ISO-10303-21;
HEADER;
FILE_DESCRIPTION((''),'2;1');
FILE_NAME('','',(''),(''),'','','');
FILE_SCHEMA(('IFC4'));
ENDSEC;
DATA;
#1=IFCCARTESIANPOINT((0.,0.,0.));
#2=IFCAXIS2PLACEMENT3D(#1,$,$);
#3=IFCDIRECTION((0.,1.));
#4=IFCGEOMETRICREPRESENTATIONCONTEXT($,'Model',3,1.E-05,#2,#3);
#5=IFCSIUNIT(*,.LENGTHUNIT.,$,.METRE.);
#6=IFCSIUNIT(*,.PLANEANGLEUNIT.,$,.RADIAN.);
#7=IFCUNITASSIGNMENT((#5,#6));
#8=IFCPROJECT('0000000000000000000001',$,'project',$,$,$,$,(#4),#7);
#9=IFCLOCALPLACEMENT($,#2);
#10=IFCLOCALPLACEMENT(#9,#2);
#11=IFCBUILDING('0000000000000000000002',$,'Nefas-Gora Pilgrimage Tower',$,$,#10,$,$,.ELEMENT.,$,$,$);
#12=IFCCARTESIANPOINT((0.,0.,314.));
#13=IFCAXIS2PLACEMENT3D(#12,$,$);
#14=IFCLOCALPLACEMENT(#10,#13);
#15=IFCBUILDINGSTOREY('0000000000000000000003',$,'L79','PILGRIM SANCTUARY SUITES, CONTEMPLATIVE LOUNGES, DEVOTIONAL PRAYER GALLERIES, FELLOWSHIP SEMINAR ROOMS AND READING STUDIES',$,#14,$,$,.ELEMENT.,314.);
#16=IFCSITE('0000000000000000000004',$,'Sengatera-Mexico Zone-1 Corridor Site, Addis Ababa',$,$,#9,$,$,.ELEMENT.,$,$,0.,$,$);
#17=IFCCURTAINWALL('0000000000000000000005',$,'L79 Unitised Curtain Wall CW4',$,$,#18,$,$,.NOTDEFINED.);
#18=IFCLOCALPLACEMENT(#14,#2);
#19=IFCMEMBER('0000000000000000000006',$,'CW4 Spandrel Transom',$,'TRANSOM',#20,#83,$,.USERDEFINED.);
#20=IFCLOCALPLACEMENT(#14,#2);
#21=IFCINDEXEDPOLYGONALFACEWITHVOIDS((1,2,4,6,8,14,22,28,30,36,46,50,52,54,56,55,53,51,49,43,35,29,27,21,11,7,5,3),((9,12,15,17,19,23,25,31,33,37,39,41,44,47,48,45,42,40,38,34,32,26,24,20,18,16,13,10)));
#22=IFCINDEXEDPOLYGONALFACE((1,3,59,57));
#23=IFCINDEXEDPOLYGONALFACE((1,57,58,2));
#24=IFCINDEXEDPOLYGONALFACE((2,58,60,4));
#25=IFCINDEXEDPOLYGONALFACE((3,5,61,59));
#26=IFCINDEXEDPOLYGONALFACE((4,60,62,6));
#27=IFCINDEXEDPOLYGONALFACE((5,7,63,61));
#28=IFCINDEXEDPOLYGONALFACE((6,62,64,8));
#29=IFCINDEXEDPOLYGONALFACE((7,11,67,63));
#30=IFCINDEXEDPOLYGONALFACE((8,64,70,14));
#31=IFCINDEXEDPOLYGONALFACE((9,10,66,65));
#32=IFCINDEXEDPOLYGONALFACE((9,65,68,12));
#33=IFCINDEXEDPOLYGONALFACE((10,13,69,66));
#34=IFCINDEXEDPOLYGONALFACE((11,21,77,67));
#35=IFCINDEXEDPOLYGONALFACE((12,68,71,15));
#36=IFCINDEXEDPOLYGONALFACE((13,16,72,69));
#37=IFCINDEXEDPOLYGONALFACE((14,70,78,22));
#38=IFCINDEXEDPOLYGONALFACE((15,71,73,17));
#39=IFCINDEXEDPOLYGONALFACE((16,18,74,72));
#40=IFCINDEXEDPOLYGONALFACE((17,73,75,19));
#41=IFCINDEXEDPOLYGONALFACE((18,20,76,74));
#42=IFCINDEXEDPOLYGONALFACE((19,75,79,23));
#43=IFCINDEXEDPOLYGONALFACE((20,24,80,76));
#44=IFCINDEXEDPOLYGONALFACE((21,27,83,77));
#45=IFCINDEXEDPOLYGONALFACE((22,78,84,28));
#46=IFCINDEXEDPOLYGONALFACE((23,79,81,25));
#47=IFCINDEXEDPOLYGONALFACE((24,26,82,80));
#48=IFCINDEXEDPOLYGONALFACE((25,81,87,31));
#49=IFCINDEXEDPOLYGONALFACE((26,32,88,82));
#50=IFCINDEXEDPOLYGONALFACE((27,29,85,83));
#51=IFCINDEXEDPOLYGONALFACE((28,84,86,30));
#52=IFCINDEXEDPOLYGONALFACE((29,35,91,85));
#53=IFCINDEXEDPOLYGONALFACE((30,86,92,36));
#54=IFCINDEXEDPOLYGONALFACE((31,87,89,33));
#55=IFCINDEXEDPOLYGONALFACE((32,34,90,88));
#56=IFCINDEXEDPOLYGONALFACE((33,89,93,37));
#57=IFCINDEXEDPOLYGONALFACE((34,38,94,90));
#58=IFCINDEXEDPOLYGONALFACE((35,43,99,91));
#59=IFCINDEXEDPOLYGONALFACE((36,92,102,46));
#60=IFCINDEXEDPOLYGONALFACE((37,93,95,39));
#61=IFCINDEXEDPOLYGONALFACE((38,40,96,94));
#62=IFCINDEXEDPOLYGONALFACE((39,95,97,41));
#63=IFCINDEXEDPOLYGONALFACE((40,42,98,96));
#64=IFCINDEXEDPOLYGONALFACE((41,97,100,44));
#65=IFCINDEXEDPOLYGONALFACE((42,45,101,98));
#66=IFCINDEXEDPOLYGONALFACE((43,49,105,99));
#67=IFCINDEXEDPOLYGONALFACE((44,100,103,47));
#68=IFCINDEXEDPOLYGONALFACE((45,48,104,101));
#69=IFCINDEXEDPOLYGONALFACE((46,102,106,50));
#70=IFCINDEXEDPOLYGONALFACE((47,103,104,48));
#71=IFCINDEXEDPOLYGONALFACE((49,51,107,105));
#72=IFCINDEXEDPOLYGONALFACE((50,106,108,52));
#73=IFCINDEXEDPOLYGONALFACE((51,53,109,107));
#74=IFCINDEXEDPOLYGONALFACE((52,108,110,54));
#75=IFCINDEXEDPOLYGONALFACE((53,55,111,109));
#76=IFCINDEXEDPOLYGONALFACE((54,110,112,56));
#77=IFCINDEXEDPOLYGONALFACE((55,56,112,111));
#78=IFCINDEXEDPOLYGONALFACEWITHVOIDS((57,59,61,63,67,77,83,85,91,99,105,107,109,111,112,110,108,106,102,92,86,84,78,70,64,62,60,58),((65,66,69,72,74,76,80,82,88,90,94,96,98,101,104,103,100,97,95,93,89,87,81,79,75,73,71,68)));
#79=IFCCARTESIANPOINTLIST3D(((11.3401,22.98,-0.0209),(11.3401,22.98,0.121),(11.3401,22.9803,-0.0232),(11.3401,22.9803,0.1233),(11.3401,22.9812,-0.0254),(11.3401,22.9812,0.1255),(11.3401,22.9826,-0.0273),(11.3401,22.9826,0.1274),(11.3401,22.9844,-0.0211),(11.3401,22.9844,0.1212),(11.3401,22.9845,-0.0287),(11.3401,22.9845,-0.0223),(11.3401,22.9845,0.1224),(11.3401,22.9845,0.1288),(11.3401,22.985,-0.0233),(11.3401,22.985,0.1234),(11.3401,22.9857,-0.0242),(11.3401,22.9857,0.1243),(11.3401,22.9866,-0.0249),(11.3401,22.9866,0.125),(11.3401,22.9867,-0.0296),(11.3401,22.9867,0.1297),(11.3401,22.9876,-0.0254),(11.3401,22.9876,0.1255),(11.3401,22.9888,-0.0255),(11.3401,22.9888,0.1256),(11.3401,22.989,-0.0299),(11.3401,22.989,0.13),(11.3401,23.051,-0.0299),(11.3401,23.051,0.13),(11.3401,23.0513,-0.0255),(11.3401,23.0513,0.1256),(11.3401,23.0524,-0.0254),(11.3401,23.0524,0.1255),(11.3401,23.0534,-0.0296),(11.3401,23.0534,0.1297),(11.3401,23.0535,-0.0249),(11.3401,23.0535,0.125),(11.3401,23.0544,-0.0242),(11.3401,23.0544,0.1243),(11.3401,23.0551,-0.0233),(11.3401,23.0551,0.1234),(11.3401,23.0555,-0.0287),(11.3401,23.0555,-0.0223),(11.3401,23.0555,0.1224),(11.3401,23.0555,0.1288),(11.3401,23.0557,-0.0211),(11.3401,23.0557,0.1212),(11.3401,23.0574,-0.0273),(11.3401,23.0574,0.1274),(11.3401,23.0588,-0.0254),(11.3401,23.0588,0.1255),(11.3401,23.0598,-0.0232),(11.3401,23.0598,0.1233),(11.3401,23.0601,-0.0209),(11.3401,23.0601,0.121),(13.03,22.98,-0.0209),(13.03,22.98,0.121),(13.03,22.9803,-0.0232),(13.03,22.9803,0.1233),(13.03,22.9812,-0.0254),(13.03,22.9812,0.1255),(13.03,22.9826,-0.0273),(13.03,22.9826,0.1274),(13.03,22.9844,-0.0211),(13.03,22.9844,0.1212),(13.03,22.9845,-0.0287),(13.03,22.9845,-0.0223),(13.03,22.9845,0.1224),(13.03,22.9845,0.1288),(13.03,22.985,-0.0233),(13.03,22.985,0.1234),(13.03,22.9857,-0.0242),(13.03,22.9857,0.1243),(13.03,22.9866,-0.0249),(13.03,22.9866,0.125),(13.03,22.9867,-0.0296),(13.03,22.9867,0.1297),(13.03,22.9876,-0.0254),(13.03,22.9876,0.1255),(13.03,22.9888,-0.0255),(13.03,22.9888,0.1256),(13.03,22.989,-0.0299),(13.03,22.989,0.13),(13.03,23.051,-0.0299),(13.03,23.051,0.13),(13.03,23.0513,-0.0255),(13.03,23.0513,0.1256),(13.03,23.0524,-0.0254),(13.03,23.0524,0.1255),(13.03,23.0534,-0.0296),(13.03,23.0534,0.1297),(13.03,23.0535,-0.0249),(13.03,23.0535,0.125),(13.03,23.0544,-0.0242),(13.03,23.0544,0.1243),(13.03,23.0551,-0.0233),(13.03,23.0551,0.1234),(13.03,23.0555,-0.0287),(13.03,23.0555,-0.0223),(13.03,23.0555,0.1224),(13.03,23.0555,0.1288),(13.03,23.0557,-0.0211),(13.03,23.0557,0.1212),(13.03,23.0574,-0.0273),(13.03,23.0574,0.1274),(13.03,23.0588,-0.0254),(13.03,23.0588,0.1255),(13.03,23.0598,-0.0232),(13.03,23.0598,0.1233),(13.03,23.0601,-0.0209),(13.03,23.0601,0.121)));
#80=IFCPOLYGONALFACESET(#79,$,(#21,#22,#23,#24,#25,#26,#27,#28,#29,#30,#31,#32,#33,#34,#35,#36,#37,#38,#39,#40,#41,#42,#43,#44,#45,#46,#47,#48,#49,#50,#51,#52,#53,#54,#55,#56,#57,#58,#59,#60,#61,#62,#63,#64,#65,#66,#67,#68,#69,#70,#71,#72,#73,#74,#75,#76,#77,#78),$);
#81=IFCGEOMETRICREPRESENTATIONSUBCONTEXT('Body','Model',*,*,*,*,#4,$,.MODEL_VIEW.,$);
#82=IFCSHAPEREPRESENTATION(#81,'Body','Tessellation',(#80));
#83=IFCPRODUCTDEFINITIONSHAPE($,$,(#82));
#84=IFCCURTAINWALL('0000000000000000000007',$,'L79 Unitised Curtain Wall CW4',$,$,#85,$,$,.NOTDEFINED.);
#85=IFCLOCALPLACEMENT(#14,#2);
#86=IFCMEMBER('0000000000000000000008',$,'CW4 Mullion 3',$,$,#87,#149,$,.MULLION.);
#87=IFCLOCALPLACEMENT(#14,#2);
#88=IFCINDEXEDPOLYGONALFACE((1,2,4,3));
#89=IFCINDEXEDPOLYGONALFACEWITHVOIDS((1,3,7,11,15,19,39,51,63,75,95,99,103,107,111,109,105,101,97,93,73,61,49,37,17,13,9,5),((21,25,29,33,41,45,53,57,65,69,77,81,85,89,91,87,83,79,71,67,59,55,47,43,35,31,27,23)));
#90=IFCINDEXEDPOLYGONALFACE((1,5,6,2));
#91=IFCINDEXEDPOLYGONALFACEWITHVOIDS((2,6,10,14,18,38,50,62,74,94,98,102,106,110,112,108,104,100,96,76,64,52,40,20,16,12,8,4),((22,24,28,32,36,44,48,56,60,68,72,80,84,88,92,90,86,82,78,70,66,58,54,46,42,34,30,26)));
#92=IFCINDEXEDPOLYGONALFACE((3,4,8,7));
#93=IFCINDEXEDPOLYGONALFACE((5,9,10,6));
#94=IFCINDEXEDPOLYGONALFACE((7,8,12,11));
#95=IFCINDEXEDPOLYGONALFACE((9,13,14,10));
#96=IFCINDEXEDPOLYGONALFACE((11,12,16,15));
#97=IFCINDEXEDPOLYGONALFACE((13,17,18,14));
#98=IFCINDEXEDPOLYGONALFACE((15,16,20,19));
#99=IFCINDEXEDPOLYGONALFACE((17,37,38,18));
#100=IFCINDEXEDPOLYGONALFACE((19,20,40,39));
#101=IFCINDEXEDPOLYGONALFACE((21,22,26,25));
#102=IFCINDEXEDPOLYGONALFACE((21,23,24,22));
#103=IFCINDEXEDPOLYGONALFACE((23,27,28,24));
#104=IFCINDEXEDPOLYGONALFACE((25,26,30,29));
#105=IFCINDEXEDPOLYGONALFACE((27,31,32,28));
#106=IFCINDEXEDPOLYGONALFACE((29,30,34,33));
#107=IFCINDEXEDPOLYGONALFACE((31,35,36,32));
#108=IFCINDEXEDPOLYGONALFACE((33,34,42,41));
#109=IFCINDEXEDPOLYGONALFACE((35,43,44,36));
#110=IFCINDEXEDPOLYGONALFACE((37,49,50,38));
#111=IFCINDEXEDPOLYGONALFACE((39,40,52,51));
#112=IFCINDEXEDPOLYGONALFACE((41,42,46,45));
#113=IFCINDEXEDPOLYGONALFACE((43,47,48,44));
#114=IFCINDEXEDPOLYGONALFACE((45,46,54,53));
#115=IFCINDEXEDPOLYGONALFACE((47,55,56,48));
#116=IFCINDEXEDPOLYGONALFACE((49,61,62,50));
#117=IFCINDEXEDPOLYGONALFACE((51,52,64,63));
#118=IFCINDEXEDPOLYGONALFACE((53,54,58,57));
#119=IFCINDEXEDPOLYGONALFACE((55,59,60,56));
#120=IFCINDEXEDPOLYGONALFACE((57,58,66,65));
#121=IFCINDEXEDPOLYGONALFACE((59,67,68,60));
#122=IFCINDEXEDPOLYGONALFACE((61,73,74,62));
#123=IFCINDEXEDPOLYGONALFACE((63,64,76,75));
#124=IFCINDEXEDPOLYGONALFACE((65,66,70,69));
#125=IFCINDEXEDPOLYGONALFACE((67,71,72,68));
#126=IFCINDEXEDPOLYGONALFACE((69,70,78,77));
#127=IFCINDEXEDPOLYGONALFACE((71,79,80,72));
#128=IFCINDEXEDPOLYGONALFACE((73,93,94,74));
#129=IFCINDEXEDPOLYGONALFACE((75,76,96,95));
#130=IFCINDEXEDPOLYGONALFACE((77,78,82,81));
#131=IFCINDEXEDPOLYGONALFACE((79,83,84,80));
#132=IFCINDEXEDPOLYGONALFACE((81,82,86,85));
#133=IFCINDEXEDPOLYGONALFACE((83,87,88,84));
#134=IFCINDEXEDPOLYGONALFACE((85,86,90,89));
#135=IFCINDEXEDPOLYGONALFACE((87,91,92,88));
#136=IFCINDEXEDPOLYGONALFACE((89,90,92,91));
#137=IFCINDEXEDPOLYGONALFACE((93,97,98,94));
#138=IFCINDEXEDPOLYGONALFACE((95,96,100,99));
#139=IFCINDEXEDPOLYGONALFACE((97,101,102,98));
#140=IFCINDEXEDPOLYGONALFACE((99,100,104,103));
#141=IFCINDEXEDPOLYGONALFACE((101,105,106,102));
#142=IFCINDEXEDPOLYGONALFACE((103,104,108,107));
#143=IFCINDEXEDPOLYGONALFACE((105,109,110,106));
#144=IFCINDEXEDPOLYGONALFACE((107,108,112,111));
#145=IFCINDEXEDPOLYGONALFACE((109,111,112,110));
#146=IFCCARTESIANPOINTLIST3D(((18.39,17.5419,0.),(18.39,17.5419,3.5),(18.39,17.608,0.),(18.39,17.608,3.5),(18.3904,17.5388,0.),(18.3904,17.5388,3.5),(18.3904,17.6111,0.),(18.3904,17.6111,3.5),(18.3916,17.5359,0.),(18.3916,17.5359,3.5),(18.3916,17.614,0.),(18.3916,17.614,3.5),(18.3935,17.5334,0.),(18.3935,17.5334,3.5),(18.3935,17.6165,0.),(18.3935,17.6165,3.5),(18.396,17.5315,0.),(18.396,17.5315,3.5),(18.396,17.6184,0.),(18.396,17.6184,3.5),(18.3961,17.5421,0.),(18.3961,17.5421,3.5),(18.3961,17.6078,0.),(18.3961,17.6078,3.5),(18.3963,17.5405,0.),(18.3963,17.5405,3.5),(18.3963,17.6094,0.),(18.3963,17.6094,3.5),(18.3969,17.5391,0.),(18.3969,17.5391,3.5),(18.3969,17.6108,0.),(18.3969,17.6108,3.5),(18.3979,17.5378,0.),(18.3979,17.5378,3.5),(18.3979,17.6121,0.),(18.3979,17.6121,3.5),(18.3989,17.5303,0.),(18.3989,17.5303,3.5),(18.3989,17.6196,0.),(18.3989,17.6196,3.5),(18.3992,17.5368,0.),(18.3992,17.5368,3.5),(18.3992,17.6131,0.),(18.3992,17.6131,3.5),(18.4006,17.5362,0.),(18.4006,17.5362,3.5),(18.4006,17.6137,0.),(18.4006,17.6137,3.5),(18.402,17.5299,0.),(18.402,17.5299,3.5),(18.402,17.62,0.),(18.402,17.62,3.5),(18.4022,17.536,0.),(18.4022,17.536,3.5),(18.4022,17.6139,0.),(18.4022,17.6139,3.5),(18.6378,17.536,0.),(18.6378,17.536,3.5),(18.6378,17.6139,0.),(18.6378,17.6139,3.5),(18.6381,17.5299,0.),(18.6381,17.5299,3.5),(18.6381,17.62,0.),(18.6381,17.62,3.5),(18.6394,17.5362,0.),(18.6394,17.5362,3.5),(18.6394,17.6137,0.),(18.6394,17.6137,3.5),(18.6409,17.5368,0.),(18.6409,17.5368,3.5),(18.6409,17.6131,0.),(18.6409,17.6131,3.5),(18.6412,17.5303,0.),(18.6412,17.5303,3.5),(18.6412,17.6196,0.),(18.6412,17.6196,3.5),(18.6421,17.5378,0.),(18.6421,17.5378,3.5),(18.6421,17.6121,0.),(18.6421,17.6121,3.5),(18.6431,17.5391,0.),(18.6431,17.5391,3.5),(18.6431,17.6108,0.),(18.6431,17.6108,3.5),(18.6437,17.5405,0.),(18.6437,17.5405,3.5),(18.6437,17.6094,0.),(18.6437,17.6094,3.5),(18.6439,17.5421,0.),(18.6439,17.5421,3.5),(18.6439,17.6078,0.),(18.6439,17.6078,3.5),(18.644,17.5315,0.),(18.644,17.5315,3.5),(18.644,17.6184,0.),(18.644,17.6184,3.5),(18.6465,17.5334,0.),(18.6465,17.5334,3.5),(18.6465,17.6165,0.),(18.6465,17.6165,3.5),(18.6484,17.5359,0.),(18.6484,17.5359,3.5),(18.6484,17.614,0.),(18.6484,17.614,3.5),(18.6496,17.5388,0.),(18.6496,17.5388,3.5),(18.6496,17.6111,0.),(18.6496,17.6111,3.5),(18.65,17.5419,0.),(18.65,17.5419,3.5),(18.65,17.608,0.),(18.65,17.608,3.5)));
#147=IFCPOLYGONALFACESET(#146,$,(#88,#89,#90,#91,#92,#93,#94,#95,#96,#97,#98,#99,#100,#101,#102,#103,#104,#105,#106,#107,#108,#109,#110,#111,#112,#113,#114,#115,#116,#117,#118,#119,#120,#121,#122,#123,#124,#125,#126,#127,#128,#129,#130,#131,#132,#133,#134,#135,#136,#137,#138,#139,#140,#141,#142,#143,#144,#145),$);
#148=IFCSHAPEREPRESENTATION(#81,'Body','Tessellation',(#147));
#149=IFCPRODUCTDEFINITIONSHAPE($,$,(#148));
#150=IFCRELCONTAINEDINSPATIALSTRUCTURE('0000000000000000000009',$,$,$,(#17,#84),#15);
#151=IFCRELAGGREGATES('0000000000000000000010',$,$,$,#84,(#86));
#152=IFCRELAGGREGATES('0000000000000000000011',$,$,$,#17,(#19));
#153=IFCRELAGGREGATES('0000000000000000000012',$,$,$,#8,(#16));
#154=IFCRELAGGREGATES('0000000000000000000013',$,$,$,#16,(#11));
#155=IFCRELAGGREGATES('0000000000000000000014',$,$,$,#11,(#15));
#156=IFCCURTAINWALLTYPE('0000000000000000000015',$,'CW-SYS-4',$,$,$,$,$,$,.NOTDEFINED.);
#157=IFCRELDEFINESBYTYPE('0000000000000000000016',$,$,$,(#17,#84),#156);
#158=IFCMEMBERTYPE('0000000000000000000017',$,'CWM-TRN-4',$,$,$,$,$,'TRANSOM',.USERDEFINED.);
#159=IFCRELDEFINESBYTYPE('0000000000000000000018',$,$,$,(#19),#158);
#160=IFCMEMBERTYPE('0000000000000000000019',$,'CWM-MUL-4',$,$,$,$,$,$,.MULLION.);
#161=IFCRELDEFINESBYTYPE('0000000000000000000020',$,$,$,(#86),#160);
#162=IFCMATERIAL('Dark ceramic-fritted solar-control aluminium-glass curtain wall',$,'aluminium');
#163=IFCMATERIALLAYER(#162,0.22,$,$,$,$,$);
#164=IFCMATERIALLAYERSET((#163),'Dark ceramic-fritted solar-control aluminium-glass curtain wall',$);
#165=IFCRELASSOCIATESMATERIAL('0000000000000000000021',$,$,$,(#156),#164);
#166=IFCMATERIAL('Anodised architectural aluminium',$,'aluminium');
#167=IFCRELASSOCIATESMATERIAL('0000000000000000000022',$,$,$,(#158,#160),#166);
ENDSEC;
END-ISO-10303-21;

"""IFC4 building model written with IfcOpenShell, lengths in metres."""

from ifc_helpers import new_model, si_unit, direction, frame, origin, origin_2d, place, context, subcontext, project, spatial, hollow_rectangle, extrude, source, transform, mapped, material, layer, layer_set, material_profile, profile_set, type_object, element, aggregate, save


model = new_model("IFC4")

# Units and contexts
model_context = context("Model", 3, precision=1e-05, world=origin(), true_north=direction((0.0, 1.0)))
body_context = subcontext(model_context, "Body", "Model", "MODEL_VIEW")
ifc_project = project(units=[si_unit("LENGTHUNIT", "METRE"), si_unit("PLANEANGLEUNIT", "RADIAN")], contexts=[model_context])

# Site, building, storey
site_placement = place(None, origin())
site = spatial("IfcSite", under=ifc_project, at=site_placement, Name="Sengatera-Mexico Zone-1 Corridor Site, Addis Ababa", CompositionType="ELEMENT", RefElevation=0.0)
building_placement = place(site_placement, origin())
building = spatial("IfcBuilding", under=site, at=building_placement, Name="Nefas-Gora Pilgrimage Tower", CompositionType="ELEMENT")
storey_placement = place(building_placement, frame((0.0, 0.0, 314.0)))
storey = spatial("IfcBuildingStorey", under=building, at=storey_placement, Name="L79", Description="PILGRIM SANCTUARY SUITES, CONTEMPLATIVE LOUNGES, DEVOTIONAL PRAYER GALLERIES, FELLOWSHIP SEMINAR ROOMS AND READING STUDIES", CompositionType="ELEMENT", Elevation=314.0)

# Shared definitions
ifc_material_1 = material(Name="Dark ceramic-fritted solar-control aluminium-glass curtain wall", Category="aluminium")
ifc_material_2 = material(Name="Anodised architectural aluminium", Category="aluminium")

# Curtain walls, members
ifc_layer_1 = layer(ifc_material_1, 0.22)
ifc_layer_set_1 = layer_set([ifc_layer_1], Name="Dark ceramic-fritted solar-control aluminium-glass curtain wall")
curtain_wall_type_1 = type_object("IfcCurtainWallType", Name="CW-SYS-4", PredefinedType="NOTDEFINED", material=ifc_layer_set_1)
curtain_wall_1_placement = place(storey_placement, origin())
curtain_wall_1 = element("IfcCurtainWall", 1, at=curtain_wall_1_placement, inside=storey, type_object=curtain_wall_type_1, Name="L79 Unitised Curtain Wall CW4", PredefinedType="NOTDEFINED")
ifc_material_profile_1 = material_profile(ifc_material_2, hollow_rectangle(XDim=0.0801, YDim=0.1599, WallThickness=0.0044, InnerFilletRadius=0.0044, OuterFilletRadius=0.009, at=origin_2d()), Name="ALU TRANSOM 80x160")
ifc_profile_set_1 = profile_set([ifc_material_profile_1], Name="Anodised architectural aluminium")
member_type_1 = type_object("IfcMemberType", Name="CWM-TRN-4", ElementType="TRANSOM", PredefinedType="USERDEFINED", material=ifc_profile_set_1)
shared_shape_1 = source(origin(), body_context, "Body", "SweptSolid", [
    extrude(hollow_rectangle(XDim=0.0801, YDim=0.1599, WallThickness=0.0044, InnerFilletRadius=0.0044, OuterFilletRadius=0.009, at=origin_2d()), origin(), (0.0, 0.0, 1.0), 1.6899),
])
member_1_placement = place(storey_placement, frame((13.03, 23.02, 0.05), z_axis=(-1.0, 0.0, 0.0), x_axis=(0.0, -1.0, 0.0)))
member_1 = element("IfcMember", 2, at=member_1_placement, type_object=member_type_1, Name="CW4 Spandrel Transom", ObjectType="TRANSOM", PredefinedType="USERDEFINED", context=body_context, shape_type="MappedRepresentation", body=[
    mapped(shared_shape_1, transform((0.0, 0.0, 0.0), x_axis=(1.0, 0.0, 0.0), y_axis=(0.0, 1.0, 0.0), z_axis=(0.0, 0.0, 1.0), scale=1.0)),
])
curtain_wall_2_placement = place(storey_placement, origin())
curtain_wall_2 = element("IfcCurtainWall", 3, at=curtain_wall_2_placement, inside=storey, type_object=curtain_wall_type_1, Name="L79 Unitised Curtain Wall CW4", PredefinedType="NOTDEFINED")
ifc_material_profile_2 = material_profile(ifc_material_2, hollow_rectangle(XDim=0.0901, YDim=0.26, WallThickness=0.0061, InnerFilletRadius=0.0061, OuterFilletRadius=0.012, at=origin_2d()), Name="ALU MULLION 90x260")
ifc_profile_set_2 = profile_set([ifc_material_profile_2], Name="Anodised architectural aluminium")
member_type_2 = type_object("IfcMemberType", Name="CWM-MUL-4", PredefinedType="MULLION", material=ifc_profile_set_2)
shared_shape_2 = source(origin(), body_context, "Body", "SweptSolid", [
    extrude(hollow_rectangle(XDim=0.0901, YDim=0.26, WallThickness=0.0061, InnerFilletRadius=0.0061, OuterFilletRadius=0.012, at=origin_2d()), origin(), (0.0, 0.0, 1.0), 3.5),
])
member_2_placement = place(storey_placement, frame((18.52, 17.575, 0.0), z_axis=(0.0, 0.0, 1.0), x_axis=(0.0, 1.0, 0.0)))
member_2 = element("IfcMember", 4, at=member_2_placement, type_object=member_type_2, Name="CW4 Mullion 3", PredefinedType="MULLION", context=body_context, shape_type="MappedRepresentation", body=[
    mapped(shared_shape_2, transform((0.0, 0.0, 0.0), x_axis=(1.0, 0.0, 0.0), y_axis=(0.0, 1.0, 0.0), z_axis=(0.0, 0.0, 1.0), scale=1.0)),
])
aggregate(curtain_wall_2, [member_2])

aggregate(curtain_wall_1, [member_1])

save(model, "model.ifc")
